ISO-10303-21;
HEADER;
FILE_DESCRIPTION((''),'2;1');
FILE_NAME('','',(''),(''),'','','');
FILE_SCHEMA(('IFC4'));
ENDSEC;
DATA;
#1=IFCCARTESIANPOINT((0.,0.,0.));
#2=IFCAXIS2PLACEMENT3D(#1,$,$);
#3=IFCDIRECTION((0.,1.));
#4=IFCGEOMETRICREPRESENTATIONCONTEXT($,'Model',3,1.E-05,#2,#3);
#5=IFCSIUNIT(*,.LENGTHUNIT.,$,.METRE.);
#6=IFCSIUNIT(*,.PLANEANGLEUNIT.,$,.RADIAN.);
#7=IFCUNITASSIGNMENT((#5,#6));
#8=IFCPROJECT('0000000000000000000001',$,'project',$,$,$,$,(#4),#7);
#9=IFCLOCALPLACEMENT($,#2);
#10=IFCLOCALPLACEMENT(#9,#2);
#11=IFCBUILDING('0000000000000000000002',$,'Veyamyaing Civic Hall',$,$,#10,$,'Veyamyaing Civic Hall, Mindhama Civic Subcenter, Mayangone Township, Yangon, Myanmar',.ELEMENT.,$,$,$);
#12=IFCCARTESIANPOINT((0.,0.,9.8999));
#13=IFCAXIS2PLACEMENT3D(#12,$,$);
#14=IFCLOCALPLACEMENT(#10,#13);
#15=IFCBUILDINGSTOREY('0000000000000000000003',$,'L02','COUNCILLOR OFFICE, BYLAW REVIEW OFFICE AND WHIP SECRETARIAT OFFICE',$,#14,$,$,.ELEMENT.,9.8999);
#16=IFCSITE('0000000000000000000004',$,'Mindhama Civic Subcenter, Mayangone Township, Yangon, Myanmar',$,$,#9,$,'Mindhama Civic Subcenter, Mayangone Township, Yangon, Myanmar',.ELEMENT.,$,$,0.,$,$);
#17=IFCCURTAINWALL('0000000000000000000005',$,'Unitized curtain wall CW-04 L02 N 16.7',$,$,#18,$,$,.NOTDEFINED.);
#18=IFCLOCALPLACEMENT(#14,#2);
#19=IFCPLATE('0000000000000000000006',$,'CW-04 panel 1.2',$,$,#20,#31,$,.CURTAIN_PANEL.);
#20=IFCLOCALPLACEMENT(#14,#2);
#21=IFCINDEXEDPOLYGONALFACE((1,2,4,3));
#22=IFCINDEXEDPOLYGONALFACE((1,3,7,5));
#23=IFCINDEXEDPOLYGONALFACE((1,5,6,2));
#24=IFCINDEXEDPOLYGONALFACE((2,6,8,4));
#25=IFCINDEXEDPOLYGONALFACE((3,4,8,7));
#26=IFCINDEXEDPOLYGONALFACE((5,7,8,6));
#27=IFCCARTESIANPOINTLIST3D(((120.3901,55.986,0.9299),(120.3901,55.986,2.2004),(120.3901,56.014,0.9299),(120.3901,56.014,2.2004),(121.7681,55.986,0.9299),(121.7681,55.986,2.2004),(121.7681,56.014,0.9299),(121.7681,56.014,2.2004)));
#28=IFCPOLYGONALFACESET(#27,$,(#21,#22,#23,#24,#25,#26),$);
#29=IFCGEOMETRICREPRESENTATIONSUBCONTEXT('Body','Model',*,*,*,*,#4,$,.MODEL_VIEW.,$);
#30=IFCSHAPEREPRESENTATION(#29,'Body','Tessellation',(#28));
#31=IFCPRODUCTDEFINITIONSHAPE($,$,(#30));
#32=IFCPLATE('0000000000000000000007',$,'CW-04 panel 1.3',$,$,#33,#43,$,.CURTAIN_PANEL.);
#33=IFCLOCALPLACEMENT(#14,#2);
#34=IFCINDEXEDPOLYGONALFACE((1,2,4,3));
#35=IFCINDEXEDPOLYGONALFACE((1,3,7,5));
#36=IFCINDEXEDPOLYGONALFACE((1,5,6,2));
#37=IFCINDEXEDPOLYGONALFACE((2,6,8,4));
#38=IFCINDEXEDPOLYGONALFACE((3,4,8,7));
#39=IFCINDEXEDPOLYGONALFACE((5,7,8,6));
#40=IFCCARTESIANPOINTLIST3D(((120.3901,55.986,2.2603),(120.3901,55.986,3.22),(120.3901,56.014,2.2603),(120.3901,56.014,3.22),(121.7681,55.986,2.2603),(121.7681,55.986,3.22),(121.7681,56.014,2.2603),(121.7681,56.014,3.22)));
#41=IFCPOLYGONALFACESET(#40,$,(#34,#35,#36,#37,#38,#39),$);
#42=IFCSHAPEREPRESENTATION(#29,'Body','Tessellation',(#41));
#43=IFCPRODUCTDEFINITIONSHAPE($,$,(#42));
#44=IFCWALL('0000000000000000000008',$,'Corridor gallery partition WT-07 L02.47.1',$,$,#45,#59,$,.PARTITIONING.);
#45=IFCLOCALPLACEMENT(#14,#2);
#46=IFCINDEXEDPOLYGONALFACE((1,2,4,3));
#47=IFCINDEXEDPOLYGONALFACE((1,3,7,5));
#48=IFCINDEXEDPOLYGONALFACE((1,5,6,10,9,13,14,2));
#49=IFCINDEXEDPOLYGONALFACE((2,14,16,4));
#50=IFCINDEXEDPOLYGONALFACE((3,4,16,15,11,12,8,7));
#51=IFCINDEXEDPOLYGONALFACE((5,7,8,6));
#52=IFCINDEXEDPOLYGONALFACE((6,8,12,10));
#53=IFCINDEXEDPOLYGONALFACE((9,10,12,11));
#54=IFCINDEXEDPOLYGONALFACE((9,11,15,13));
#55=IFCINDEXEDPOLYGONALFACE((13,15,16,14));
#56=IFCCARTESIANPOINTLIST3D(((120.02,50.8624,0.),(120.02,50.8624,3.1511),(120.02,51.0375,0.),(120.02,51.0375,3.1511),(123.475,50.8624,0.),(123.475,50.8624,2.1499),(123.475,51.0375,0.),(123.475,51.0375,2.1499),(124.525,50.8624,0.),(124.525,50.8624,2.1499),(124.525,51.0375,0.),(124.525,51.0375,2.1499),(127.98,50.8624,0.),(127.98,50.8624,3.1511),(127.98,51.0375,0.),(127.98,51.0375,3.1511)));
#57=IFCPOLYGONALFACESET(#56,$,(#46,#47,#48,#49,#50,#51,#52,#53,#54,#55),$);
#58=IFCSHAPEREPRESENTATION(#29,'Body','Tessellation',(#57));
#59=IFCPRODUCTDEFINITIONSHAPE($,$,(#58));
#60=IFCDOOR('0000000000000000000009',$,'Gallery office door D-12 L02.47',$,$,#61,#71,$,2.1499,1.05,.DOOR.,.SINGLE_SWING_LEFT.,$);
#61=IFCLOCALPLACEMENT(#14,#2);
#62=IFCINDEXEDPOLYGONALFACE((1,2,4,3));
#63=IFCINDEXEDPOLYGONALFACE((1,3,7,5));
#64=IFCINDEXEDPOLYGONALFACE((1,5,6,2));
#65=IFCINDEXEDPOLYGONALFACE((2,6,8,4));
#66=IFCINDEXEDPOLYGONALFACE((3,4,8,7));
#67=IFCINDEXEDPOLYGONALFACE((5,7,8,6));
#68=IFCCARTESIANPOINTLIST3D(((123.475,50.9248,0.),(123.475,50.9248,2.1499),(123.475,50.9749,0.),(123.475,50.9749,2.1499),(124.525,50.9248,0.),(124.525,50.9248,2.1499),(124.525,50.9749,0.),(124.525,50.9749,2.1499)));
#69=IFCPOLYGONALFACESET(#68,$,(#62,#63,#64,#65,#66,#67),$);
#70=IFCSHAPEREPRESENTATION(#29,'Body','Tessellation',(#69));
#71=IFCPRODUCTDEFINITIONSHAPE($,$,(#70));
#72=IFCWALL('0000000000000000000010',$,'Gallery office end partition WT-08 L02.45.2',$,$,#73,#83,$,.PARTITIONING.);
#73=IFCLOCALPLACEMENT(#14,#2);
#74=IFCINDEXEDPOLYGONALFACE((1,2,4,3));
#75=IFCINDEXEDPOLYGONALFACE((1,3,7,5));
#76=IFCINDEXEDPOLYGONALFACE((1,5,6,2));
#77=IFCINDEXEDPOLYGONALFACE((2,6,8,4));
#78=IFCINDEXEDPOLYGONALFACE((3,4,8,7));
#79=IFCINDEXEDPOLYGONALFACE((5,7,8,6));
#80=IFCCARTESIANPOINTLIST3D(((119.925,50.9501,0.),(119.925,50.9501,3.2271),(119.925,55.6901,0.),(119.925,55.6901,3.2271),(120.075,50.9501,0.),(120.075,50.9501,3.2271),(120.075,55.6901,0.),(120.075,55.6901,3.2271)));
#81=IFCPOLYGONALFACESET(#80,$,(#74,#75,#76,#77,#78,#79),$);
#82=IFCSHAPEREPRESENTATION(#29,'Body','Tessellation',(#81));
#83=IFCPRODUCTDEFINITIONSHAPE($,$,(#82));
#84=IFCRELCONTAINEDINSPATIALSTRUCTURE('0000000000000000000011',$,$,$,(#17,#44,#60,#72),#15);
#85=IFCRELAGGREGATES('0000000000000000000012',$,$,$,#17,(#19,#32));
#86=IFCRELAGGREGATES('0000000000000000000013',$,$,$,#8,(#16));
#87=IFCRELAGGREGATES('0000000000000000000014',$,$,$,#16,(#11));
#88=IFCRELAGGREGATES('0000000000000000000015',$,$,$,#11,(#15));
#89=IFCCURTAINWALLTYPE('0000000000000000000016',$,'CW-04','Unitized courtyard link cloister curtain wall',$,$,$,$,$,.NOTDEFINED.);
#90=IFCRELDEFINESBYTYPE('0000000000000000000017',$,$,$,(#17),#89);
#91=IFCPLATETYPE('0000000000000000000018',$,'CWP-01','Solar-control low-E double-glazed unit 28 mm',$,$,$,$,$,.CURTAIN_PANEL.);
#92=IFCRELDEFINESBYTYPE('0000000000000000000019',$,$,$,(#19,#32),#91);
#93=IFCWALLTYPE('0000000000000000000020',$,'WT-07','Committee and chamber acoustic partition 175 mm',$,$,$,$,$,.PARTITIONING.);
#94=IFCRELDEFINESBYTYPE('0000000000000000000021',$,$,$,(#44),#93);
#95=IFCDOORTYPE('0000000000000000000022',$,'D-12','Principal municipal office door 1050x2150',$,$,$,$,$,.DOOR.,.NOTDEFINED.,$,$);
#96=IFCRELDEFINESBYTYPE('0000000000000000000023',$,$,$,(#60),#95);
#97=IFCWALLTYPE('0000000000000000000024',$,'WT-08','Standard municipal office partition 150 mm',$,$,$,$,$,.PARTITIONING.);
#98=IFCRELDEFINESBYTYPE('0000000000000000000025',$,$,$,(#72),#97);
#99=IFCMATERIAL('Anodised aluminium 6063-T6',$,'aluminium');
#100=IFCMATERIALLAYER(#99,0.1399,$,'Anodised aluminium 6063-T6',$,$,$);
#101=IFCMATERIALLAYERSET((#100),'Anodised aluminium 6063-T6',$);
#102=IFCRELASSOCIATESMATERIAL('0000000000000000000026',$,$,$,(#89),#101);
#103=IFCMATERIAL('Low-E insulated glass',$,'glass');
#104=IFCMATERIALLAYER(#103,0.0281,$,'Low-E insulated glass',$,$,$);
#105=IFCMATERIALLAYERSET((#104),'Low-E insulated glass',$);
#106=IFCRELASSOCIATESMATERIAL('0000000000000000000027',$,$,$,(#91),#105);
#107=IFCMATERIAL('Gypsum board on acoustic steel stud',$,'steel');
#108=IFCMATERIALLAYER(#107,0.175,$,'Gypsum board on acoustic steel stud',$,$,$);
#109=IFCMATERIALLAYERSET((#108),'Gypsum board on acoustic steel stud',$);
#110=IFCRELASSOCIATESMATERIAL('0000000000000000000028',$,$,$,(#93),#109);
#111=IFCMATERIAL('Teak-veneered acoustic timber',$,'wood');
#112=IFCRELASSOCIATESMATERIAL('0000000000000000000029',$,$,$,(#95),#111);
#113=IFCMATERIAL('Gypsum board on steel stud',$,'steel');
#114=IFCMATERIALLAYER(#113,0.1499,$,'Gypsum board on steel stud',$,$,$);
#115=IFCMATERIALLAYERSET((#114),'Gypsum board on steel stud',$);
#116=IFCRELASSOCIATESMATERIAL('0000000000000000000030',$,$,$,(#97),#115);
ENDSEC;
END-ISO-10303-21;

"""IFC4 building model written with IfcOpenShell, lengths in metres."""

from ifc_helpers import new_model, si_unit, direction, frame, frame_2d, origin, origin_2d, place, context, subcontext, project, spatial, rectangle, extrude, material, layer, layer_set, type_object, element, fill, aggregate, save


model = new_model("IFC4")

# Units and contexts
model_context = context("Model", 3, precision=1e-05, world=origin(), true_north=direction((0.0, 1.0)))
body_context = subcontext(model_context, "Body", "Model", "MODEL_VIEW")
ifc_project = project(units=[si_unit("LENGTHUNIT", "METRE"), si_unit("PLANEANGLEUNIT", "RADIAN")], contexts=[model_context])

# Site, building, storey
site_placement = place(None, origin())
site = spatial("IfcSite", under=ifc_project, at=site_placement, Name="Mindhama Civic Subcenter, Mayangone Township, Yangon, Myanmar", LongName="Mindhama Civic Subcenter, Mayangone Township, Yangon, Myanmar", CompositionType="ELEMENT", RefElevation=0.0)
building_placement = place(site_placement, origin())
building = spatial("IfcBuilding", under=site, at=building_placement, Name="Veyamyaing Civic Hall", LongName="Veyamyaing Civic Hall, Mindhama Civic Subcenter, Mayangone Township, Yangon, Myanmar", CompositionType="ELEMENT")
storey_placement = place(building_placement, frame((0.0, 0.0, 9.8999)))
storey = spatial("IfcBuildingStorey", under=building, at=storey_placement, Name="L02", Description="COUNCILLOR OFFICE, BYLAW REVIEW OFFICE AND WHIP SECRETARIAT OFFICE", CompositionType="ELEMENT", Elevation=9.8999)

# Curtain wall
ifc_material_1 = material(Name="Anodised aluminium 6063-T6", Category="aluminium")
ifc_layer_1 = layer(ifc_material_1, 0.1399, Name="Anodised aluminium 6063-T6")
ifc_layer_set_1 = layer_set([ifc_layer_1], Name="Anodised aluminium 6063-T6")
curtain_wall_type = type_object("IfcCurtainWallType", Name="CW-04", Description="Unitized courtyard link cloister curtain wall", PredefinedType="NOTDEFINED", material=ifc_layer_set_1)
curtain_wall_1_placement = place(storey_placement, origin())
curtain_wall_1 = element("IfcCurtainWall", 1, at=curtain_wall_1_placement, inside=storey, type_object=curtain_wall_type, Name="Unitized curtain wall CW-04 L02 N 16.7", PredefinedType="NOTDEFINED")

# Plates
ifc_material_2 = material(Name="Low-E insulated glass", Category="glass")
ifc_layer_2 = layer(ifc_material_2, 0.0281, Name="Low-E insulated glass")
ifc_layer_set_2 = layer_set([ifc_layer_2], Name="Low-E insulated glass")
plate_type = type_object("IfcPlateType", Name="CWP-01", Description="Solar-control low-E double-glazed unit 28 mm", PredefinedType="CURTAIN_PANEL", material=ifc_layer_set_2)
plate_1_placement = place(storey_placement, frame((121.0791, 56.0, 0.9299), z_axis=(0.0, 0.0, 1.0), x_axis=(1.0, 0.0, 0.0)))
plate_1 = element("IfcPlate", 2, at=plate_1_placement, type_object=plate_type, Name="CW-04 panel 1.2", PredefinedType="CURTAIN_PANEL", context=body_context, shape_type="SweptSolid", body=[
    extrude(rectangle(XDim=1.3779, YDim=0.0281, at=origin_2d()), origin(), (0.0, 0.0, 1.0), 1.2705),
])
plate_2_placement = place(storey_placement, frame((121.0791, 56.0, 2.2603), z_axis=(0.0, 0.0, 1.0), x_axis=(1.0, 0.0, 0.0)))
plate_2 = element("IfcPlate", 3, at=plate_2_placement, type_object=plate_type, Name="CW-04 panel 1.3", PredefinedType="CURTAIN_PANEL", context=body_context, shape_type="SweptSolid", body=[
    extrude(rectangle(XDim=1.3779, YDim=0.0281, at=origin_2d()), origin(), (0.0, 0.0, 1.0), 0.9597),
])
aggregate(curtain_wall_1, [plate_1, plate_2])

# Wall, opening, door
ifc_material_3 = material(Name="Gypsum board on acoustic steel stud", Category="steel")
ifc_layer_3 = layer(ifc_material_3, 0.175, Name="Gypsum board on acoustic steel stud")
ifc_layer_set_3 = layer_set([ifc_layer_3], Name="Gypsum board on acoustic steel stud")
wall_type_1 = type_object("IfcWallType", Name="WT-07", Description="Committee and chamber acoustic partition 175 mm", PredefinedType="PARTITIONING", material=ifc_layer_set_3)
wall_1_placement = place(storey_placement, frame((120.02, 50.95, 0.0), z_axis=(0.0, 0.0, 1.0), x_axis=(1.0, 0.0, 0.0)))
wall_1 = element("IfcWall", 4, at=wall_1_placement, inside=storey, type_object=wall_type_1, Name="Corridor gallery partition WT-07 L02.47.1", PredefinedType="PARTITIONING", context=body_context, shape_type="SweptSolid", body=[
    extrude(rectangle(XDim=7.96, YDim=0.175, at=frame_2d((3.98, 0.0))), origin(), (0.0, 0.0, 1.0), 3.1511),
])
opening_placement = place(wall_1_placement, frame((3.4551, 0.0, 0.0)))
opening = element("IfcOpeningElement", 5, at=opening_placement, cuts=wall_1, PredefinedType="OPENING", context=body_context, shape_type="SweptSolid", body=[
    extrude(rectangle(XDim=1.05, YDim=2.1499, at=frame_2d((0.5249, 1.075))), frame((0.0, 0.0974, 0.0), z_axis=(0.0, -1.0, 0.0), x_axis=(1.0, 0.0, 0.0)), (0.0, 0.0, 1.0), 0.1951),
])
ifc_material_4 = material(Name="Teak-veneered acoustic timber", Category="wood")
door_type = type_object("IfcDoorType", Name="D-12", Description="Principal municipal office door 1050x2150", OperationType="NOTDEFINED", PredefinedType="DOOR", material=ifc_material_4)
door_placement = place(opening_placement, origin())
door = element("IfcDoor", 6, at=door_placement, inside=storey, type_object=door_type, Name="Gallery office door D-12 L02.47", OperationType="SINGLE_SWING_LEFT", OverallHeight=2.1499, OverallWidth=1.05, PredefinedType="DOOR", context=body_context, shape_type="SweptSolid", body=[
    extrude(rectangle(XDim=1.05, YDim=2.1499, at=frame_2d((0.5249, 1.075))), frame((0.0, 0.0249, 0.0), z_axis=(0.0, -1.0, 0.0), x_axis=(1.0, 0.0, 0.0)), (0.0, 0.0, 1.0), 0.05),
])
fill(opening, door)

# Wall
ifc_material_5 = material(Name="Gypsum board on steel stud", Category="steel")
ifc_layer_4 = layer(ifc_material_5, 0.1499, Name="Gypsum board on steel stud")
ifc_layer_set_4 = layer_set([ifc_layer_4], Name="Gypsum board on steel stud")
wall_type_2 = type_object("IfcWallType", Name="WT-08", Description="Standard municipal office partition 150 mm", PredefinedType="PARTITIONING", material=ifc_layer_set_4)
wall_2_placement = place(storey_placement, frame((120.0, 50.95, 0.0), z_axis=(0.0, 0.0, 1.0), x_axis=(0.0, 1.0, 0.0)))
element("IfcWall", 7, at=wall_2_placement, inside=storey, type_object=wall_type_2, Name="Gallery office end partition WT-08 L02.45.2", PredefinedType="PARTITIONING", context=body_context, shape_type="SweptSolid", body=[
    extrude(rectangle(XDim=4.74, YDim=0.1499, at=frame_2d((2.3701, 0.0))), origin(), (0.0, 0.0, 1.0), 3.2271),
])

save(model, "model.ifc")
